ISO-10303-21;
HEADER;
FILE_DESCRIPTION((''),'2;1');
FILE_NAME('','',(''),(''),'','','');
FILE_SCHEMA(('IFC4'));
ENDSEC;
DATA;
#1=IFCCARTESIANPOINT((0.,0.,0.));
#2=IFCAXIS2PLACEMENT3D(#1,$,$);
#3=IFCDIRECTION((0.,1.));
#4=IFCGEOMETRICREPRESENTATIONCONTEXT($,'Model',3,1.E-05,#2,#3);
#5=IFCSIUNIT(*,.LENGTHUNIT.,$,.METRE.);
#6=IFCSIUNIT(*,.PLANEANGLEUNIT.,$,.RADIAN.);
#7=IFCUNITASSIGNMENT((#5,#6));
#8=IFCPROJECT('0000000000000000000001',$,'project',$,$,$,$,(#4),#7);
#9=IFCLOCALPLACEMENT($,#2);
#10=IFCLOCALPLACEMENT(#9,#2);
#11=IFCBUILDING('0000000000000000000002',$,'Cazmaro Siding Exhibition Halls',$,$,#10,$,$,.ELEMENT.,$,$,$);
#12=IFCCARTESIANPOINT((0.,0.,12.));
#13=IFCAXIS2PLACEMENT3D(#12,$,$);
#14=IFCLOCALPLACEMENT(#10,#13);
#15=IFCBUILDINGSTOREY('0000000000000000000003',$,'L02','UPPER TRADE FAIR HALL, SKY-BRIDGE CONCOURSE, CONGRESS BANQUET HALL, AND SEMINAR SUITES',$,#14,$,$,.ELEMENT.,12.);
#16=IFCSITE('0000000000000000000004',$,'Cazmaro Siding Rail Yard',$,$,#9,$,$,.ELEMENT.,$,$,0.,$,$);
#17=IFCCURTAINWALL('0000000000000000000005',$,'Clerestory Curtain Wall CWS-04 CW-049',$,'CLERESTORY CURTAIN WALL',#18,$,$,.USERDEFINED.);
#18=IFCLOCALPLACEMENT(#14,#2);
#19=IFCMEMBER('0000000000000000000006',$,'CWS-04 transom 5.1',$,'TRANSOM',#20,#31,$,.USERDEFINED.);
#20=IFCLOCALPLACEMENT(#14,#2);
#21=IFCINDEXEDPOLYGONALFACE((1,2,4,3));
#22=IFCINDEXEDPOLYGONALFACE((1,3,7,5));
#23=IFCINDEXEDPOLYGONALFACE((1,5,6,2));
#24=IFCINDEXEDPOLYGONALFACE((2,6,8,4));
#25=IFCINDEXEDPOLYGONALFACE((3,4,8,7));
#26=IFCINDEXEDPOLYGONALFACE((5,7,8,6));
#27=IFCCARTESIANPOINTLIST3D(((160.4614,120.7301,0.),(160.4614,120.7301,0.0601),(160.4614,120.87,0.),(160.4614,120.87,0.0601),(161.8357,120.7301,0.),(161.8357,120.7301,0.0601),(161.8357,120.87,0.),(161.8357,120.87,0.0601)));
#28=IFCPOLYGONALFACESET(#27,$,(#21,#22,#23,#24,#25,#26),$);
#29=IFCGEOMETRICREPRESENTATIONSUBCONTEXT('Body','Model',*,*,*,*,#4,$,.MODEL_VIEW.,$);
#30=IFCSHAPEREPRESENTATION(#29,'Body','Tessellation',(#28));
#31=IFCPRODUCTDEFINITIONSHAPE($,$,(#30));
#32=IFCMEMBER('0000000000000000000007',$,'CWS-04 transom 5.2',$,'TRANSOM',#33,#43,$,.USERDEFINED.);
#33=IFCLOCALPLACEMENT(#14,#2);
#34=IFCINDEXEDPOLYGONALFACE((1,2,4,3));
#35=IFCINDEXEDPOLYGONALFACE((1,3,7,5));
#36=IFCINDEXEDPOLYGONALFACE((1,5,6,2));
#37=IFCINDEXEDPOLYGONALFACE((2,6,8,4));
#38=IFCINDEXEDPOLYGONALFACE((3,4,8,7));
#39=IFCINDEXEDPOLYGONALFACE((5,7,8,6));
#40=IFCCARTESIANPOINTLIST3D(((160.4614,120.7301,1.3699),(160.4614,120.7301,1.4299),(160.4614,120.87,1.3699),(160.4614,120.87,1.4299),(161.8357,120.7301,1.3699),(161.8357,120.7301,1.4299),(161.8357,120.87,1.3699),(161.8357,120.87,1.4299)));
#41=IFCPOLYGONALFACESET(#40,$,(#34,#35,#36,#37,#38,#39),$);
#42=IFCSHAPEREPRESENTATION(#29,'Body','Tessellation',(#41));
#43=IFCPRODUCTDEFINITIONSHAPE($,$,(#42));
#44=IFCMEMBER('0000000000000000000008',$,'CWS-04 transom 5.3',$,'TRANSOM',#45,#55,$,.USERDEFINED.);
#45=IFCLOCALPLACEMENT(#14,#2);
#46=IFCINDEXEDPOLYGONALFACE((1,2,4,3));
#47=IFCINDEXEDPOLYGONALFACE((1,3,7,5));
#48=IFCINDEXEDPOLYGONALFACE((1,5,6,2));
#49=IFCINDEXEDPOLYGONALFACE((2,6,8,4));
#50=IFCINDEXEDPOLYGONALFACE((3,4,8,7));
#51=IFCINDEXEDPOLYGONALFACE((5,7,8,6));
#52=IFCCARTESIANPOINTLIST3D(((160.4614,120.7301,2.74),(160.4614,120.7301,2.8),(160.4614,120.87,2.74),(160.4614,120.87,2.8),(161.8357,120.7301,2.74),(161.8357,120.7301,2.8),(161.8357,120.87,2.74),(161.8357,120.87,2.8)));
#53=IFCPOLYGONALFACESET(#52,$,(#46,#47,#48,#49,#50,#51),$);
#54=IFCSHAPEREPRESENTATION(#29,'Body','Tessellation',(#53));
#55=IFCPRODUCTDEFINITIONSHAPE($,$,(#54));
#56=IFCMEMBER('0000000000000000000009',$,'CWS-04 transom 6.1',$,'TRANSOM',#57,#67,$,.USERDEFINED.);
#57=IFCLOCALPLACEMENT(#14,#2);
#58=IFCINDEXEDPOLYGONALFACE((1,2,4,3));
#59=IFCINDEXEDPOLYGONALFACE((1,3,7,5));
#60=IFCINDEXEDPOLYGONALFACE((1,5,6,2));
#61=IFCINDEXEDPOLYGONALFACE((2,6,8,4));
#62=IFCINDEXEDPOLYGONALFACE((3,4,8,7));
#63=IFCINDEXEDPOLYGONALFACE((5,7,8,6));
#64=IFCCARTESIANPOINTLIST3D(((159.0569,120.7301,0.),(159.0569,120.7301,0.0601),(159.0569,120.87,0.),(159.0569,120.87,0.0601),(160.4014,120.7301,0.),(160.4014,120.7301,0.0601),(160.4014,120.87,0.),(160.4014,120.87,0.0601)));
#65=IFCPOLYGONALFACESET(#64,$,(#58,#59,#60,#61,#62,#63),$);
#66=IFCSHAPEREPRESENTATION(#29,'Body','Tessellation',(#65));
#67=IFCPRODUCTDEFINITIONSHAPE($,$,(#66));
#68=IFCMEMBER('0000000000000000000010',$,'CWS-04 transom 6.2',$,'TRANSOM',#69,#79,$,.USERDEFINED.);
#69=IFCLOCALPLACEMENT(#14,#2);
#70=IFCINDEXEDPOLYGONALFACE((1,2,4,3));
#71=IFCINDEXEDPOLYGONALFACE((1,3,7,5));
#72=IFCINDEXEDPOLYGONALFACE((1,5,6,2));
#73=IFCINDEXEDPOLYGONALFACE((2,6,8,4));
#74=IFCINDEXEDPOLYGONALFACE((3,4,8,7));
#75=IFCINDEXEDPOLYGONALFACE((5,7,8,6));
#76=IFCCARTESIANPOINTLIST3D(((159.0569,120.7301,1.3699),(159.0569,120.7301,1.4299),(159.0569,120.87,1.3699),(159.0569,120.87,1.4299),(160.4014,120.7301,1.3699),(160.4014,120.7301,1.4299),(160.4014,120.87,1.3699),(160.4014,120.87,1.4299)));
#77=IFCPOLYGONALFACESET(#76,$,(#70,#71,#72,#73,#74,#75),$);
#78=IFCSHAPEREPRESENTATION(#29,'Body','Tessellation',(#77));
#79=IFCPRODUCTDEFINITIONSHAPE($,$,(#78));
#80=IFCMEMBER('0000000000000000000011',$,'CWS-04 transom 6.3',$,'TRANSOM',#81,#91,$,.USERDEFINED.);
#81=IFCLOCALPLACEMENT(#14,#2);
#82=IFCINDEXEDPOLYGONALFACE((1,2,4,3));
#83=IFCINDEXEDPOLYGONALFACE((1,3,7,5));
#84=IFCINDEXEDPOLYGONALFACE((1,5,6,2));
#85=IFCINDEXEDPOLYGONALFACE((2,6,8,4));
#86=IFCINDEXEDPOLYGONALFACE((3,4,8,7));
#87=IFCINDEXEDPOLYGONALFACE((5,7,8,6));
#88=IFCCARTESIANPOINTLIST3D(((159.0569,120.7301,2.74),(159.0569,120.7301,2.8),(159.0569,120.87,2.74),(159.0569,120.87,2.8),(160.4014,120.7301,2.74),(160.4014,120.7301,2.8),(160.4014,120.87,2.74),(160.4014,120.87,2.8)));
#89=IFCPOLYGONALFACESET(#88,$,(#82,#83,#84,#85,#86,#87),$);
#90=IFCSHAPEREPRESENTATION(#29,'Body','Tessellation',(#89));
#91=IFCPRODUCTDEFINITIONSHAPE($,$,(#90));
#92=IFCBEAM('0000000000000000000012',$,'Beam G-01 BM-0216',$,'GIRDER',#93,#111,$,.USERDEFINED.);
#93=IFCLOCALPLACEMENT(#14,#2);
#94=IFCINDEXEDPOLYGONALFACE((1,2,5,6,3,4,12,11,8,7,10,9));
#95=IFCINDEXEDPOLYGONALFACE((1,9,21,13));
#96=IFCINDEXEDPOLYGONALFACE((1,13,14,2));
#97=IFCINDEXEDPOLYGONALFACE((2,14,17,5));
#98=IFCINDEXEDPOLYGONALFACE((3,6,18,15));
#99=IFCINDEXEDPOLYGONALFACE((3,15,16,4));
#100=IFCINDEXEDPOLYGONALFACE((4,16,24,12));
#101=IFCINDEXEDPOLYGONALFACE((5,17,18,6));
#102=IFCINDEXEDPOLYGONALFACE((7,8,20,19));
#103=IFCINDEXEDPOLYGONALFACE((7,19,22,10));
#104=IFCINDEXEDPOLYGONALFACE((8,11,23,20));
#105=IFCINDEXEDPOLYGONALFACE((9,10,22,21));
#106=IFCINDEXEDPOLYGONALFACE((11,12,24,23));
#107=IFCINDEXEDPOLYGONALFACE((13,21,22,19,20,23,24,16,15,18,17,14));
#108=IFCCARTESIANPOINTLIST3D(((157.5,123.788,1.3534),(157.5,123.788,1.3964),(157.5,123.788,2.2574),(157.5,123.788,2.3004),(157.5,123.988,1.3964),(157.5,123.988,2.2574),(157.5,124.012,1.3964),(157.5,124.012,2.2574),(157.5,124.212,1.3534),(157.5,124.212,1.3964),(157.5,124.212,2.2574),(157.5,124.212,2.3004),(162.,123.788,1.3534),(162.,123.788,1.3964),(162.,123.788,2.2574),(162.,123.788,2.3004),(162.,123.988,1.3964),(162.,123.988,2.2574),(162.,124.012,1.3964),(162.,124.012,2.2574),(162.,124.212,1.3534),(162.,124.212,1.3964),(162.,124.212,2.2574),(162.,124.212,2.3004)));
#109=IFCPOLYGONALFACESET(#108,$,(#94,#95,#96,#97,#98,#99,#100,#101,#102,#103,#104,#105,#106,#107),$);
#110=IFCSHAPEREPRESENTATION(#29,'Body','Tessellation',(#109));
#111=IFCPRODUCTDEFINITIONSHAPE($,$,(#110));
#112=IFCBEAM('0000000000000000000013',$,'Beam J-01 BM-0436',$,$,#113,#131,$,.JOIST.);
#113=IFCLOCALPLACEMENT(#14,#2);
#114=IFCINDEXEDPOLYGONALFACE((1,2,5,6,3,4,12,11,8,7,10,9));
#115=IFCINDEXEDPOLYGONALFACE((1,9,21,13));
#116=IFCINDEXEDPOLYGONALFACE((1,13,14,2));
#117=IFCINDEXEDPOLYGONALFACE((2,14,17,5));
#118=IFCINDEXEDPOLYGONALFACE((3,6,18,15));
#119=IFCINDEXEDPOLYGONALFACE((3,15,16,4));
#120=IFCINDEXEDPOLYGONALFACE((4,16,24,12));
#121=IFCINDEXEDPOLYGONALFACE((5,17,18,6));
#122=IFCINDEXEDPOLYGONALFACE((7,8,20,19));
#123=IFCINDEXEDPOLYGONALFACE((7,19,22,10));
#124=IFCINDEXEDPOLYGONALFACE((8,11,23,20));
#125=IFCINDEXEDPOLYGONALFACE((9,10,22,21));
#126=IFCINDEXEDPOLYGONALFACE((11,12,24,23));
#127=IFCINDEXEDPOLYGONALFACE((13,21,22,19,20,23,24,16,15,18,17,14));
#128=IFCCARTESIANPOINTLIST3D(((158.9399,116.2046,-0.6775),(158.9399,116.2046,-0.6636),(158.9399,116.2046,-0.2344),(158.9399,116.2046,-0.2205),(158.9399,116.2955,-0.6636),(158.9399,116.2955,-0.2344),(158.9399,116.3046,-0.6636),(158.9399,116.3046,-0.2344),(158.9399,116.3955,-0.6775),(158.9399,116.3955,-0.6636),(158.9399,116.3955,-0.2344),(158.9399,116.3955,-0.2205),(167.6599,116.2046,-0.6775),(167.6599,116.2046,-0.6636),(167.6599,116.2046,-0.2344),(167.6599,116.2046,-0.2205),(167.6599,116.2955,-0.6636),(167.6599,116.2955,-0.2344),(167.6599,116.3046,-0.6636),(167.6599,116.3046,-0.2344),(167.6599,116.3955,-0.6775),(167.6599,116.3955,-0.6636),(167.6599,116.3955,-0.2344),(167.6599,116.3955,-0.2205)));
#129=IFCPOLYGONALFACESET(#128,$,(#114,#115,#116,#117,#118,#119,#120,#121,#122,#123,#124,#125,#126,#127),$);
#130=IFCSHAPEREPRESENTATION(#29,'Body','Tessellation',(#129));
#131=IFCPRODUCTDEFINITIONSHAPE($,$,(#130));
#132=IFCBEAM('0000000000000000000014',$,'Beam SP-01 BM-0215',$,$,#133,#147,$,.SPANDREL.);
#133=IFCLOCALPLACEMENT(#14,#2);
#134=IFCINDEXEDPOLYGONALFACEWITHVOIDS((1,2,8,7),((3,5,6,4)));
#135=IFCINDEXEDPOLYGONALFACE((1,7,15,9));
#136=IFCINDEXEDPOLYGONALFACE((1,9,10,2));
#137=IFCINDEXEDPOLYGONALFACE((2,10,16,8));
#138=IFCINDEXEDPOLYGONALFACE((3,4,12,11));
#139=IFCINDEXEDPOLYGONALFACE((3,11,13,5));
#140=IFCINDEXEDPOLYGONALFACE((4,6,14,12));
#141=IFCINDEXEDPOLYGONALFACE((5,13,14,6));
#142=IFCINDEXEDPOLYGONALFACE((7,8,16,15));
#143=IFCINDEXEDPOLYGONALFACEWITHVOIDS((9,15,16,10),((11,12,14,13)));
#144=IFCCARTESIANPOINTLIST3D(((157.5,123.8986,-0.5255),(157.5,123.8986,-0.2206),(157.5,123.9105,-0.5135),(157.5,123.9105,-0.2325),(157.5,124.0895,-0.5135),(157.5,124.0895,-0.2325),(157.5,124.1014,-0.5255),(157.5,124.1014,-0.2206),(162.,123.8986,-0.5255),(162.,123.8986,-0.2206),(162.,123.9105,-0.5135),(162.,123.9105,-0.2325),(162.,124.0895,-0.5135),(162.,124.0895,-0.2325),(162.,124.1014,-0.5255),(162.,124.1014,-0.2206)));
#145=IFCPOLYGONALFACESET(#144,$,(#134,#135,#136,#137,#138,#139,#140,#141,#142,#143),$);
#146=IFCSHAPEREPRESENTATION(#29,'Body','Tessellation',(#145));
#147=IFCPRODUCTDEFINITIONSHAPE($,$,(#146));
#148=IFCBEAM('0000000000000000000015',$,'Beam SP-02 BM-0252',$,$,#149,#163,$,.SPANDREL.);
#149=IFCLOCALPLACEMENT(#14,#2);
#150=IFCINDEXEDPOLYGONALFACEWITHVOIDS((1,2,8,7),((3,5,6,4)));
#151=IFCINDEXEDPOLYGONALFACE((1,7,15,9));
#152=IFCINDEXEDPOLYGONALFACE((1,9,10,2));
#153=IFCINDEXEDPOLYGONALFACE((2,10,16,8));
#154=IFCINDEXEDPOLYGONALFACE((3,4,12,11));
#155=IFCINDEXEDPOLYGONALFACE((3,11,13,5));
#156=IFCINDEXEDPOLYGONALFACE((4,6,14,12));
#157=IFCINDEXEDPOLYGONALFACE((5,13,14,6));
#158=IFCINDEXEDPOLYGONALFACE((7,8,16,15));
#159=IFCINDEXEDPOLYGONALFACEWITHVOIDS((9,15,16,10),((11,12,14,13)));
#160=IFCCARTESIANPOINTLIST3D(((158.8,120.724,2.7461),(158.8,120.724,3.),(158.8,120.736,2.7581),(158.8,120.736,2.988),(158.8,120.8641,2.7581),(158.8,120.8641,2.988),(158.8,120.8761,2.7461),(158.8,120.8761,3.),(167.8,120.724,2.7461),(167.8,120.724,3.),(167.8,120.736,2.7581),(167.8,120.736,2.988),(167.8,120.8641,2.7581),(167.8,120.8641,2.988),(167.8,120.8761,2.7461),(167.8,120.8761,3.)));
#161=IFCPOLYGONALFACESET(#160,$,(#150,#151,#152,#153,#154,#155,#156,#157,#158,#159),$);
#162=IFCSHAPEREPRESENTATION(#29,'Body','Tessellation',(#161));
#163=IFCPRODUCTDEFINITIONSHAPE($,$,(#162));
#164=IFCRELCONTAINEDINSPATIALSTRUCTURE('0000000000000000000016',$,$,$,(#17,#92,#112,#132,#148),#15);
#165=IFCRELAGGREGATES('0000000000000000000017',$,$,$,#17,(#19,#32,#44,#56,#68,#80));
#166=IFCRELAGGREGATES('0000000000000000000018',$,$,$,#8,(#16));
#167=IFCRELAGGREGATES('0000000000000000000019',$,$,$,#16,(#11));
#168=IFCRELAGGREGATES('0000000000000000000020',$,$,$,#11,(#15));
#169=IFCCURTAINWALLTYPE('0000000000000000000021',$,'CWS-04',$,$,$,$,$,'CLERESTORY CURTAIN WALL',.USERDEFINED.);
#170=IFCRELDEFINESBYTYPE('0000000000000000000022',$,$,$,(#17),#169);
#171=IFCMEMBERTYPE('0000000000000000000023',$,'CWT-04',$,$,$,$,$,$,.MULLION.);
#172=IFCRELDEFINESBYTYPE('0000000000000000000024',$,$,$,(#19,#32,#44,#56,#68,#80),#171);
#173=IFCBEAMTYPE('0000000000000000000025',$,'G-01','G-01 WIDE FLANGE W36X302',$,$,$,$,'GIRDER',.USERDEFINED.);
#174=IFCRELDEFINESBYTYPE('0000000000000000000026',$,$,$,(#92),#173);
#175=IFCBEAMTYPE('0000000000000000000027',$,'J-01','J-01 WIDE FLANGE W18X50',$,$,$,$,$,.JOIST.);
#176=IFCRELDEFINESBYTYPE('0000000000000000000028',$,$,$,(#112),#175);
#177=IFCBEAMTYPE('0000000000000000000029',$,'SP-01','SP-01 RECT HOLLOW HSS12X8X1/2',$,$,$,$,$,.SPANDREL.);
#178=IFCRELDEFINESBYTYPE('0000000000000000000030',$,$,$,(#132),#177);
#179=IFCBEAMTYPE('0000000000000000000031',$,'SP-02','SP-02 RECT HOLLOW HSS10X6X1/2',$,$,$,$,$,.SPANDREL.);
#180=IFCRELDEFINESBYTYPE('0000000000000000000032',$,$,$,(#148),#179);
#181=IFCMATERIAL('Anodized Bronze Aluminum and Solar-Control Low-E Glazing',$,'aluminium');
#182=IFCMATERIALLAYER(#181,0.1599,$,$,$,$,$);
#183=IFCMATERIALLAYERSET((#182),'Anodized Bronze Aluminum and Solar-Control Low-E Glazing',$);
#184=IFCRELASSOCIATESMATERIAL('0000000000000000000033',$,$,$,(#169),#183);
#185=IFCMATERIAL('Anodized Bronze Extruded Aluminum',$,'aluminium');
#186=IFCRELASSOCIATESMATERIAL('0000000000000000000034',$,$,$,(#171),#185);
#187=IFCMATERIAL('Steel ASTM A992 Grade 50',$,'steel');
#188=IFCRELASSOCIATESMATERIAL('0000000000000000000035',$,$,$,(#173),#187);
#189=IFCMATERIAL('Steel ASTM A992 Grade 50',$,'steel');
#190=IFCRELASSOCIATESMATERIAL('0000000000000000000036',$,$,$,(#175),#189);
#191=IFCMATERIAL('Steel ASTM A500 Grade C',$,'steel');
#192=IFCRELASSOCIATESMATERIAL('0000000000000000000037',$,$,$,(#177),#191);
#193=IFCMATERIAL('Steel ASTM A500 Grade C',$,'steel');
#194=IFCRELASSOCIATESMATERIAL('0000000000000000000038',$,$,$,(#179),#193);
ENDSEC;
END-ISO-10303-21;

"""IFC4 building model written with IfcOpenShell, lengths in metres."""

from ifc_helpers import new_model, si_unit, direction, frame, origin, origin_2d, place, context, subcontext, project, spatial, rectangle, hollow_rectangle, i_section, extrude, material, layer, layer_set, material_profile, profile_set, type_object, element, aggregate, save


model = new_model("IFC4")

# Units and contexts
model_context = context("Model", 3, precision=1e-05, world=origin(), true_north=direction((0.0, 1.0)))
body_context = subcontext(model_context, "Body", "Model", "MODEL_VIEW")
ifc_project = project(units=[si_unit("LENGTHUNIT", "METRE"), si_unit("PLANEANGLEUNIT", "RADIAN")], contexts=[model_context])

# Site, building, storey
site_placement = place(None, origin())
site = spatial("IfcSite", under=ifc_project, at=site_placement, Name="Cazmaro Siding Rail Yard", CompositionType="ELEMENT", RefElevation=0.0)
building_placement = place(site_placement, origin())
building = spatial("IfcBuilding", under=site, at=building_placement, Name="Cazmaro Siding Exhibition Halls", CompositionType="ELEMENT")
storey_placement = place(building_placement, frame((0.0, 0.0, 12.0)))
storey = spatial("IfcBuildingStorey", under=building, at=storey_placement, Name="L02", Description="UPPER TRADE FAIR HALL, SKY-BRIDGE CONCOURSE, CONGRESS BANQUET HALL, AND SEMINAR SUITES", CompositionType="ELEMENT", Elevation=12.0)

# Shared definitions
ifc_material_1 = material(Name="Anodized Bronze Aluminum and Solar-Control Low-E Glazing", Category="aluminium")
ifc_layer_1 = layer(ifc_material_1, 0.1599)
ifc_layer_set_1 = layer_set([ifc_layer_1], Name="Anodized Bronze Aluminum and Solar-Control Low-E Glazing")
curtain_wall_type = type_object("IfcCurtainWallType", Name="CWS-04", ElementType="CLERESTORY CURTAIN WALL", PredefinedType="USERDEFINED", material=ifc_layer_set_1)

# Curtain wall
curtain_wall_1_placement = place(storey_placement, origin())
curtain_wall_1 = element("IfcCurtainWall", 1, at=curtain_wall_1_placement, inside=storey, type_object=curtain_wall_type, Name="Clerestory Curtain Wall CWS-04 CW-049", ObjectType="CLERESTORY CURTAIN WALL", PredefinedType="USERDEFINED")

# Members
ifc_material_2 = material(Name="Anodized Bronze Extruded Aluminum", Category="aluminium")
ifc_material_profile_1 = material_profile(ifc_material_2, rectangle(XDim=0.1399, YDim=0.0601, at=origin_2d()), Name="CWT-04")
ifc_profile_set_1 = profile_set([ifc_material_profile_1], Name="Anodized Bronze Extruded Aluminum")
member_type_1 = type_object("IfcMemberType", Name="CWT-04", PredefinedType="MULLION", material=ifc_profile_set_1)
member_1_placement = place(storey_placement, frame((161.8357, 120.8, 0.03), z_axis=(-1.0, 0.0, 0.0), x_axis=(0.0, -1.0, 0.0)))
member_1 = element("IfcMember", 2, at=member_1_placement, type_object=member_type_1, Name="CWS-04 transom 5.1", ObjectType="TRANSOM", PredefinedType="USERDEFINED", context=body_context, shape_type="SweptSolid", body=[
    extrude(rectangle(XDim=0.1399, YDim=0.0601, at=origin_2d()), origin(), (0.0, 0.0, 1.0), 1.3743),
])
member_2_placement = place(storey_placement, frame((161.8357, 120.8, 1.3999), z_axis=(-1.0, 0.0, 0.0), x_axis=(0.0, -1.0, 0.0)))
member_2 = element("IfcMember", 3, at=member_2_placement, type_object=member_type_1, Name="CWS-04 transom 5.2", ObjectType="TRANSOM", PredefinedType="USERDEFINED", context=body_context, shape_type="SweptSolid", body=[
    extrude(rectangle(XDim=0.1399, YDim=0.0601, at=origin_2d()), origin(), (0.0, 0.0, 1.0), 1.3743),
])
member_3_placement = place(storey_placement, frame((161.8357, 120.8, 2.77), z_axis=(-1.0, 0.0, 0.0), x_axis=(0.0, -1.0, 0.0)))
member_3 = element("IfcMember", 4, at=member_3_placement, type_object=member_type_1, Name="CWS-04 transom 5.3", ObjectType="TRANSOM", PredefinedType="USERDEFINED", context=body_context, shape_type="SweptSolid", body=[
    extrude(rectangle(XDim=0.1399, YDim=0.0601, at=origin_2d()), origin(), (0.0, 0.0, 1.0), 1.3743),
])
member_4_placement = place(storey_placement, frame((160.4014, 120.8, 0.03), z_axis=(-1.0, 0.0, 0.0), x_axis=(0.0, -1.0, 0.0)))
member_4 = element("IfcMember", 5, at=member_4_placement, type_object=member_type_1, Name="CWS-04 transom 6.1", ObjectType="TRANSOM", PredefinedType="USERDEFINED", context=body_context, shape_type="SweptSolid", body=[
    extrude(rectangle(XDim=0.1399, YDim=0.0601, at=origin_2d()), origin(), (0.0, 0.0, 1.0), 1.3445),
])
member_5_placement = place(storey_placement, frame((160.4014, 120.8, 1.3999), z_axis=(-1.0, 0.0, 0.0), x_axis=(0.0, -1.0, 0.0)))
member_5 = element("IfcMember", 6, at=member_5_placement, type_object=member_type_1, Name="CWS-04 transom 6.2", ObjectType="TRANSOM", PredefinedType="USERDEFINED", context=body_context, shape_type="SweptSolid", body=[
    extrude(rectangle(XDim=0.1399, YDim=0.0601, at=origin_2d()), origin(), (0.0, 0.0, 1.0), 1.3445),
])
member_6_placement = place(storey_placement, frame((160.4014, 120.8, 2.77), z_axis=(-1.0, 0.0, 0.0), x_axis=(0.0, -1.0, 0.0)))
member_6 = element("IfcMember", 7, at=member_6_placement, type_object=member_type_1, Name="CWS-04 transom 6.3", ObjectType="TRANSOM", PredefinedType="USERDEFINED", context=body_context, shape_type="SweptSolid", body=[
    extrude(rectangle(XDim=0.1399, YDim=0.0601, at=origin_2d()), origin(), (0.0, 0.0, 1.0), 1.3445),
])

# Beams
ifc_material_3 = material(Name="Steel ASTM A992 Grade 50", Category="steel")
ifc_material_profile_2 = material_profile(ifc_material_3, i_section(OverallWidth=0.4241, OverallDepth=0.947, WebThickness=0.0239, FlangeThickness=0.043, at=origin_2d()), Name="W36X302")
ifc_profile_set_2 = profile_set([ifc_material_profile_2], Name="Steel ASTM A992 Grade 50")
beam_type_1 = type_object("IfcBeamType", Name="G-01", Description="G-01 WIDE FLANGE W36X302", ElementType="GIRDER", PredefinedType="USERDEFINED", material=ifc_profile_set_2)
beam_1_placement = place(storey_placement, frame((157.5, 124.0, 1.8269), z_axis=(1.0, 0.0, 0.0), x_axis=(0.0, 1.0, 0.0)))
element("IfcBeam", 8, at=beam_1_placement, inside=storey, type_object=beam_type_1, Name="Beam G-01 BM-0216", ObjectType="GIRDER", PredefinedType="USERDEFINED", context=body_context, shape_type="SweptSolid", body=[
    extrude(i_section(OverallWidth=0.4241, OverallDepth=0.947, WebThickness=0.0239, FlangeThickness=0.043, at=origin_2d()), origin(), (0.0, 0.0, 1.0), 4.5),
])
ifc_material_4 = material(Name="Steel ASTM A992 Grade 50", Category="steel")
ifc_material_profile_3 = material_profile(ifc_material_4, i_section(OverallWidth=0.1909, OverallDepth=0.457, WebThickness=0.009, FlangeThickness=0.0139, at=origin_2d()), Name="W18X50")
ifc_profile_set_3 = profile_set([ifc_material_profile_3], Name="Steel ASTM A992 Grade 50")
beam_type_2 = type_object("IfcBeamType", Name="J-01", Description="J-01 WIDE FLANGE W18X50", PredefinedType="JOIST", material=ifc_profile_set_3)
beam_2_placement = place(storey_placement, frame((158.9399, 116.3, -0.449), z_axis=(1.0, 0.0, 0.0), x_axis=(0.0, 1.0, 0.0)))
element("IfcBeam", 9, at=beam_2_placement, inside=storey, type_object=beam_type_2, Name="Beam J-01 BM-0436", PredefinedType="JOIST", context=body_context, shape_type="SweptSolid", body=[
    extrude(i_section(OverallWidth=0.1909, OverallDepth=0.457, WebThickness=0.009, FlangeThickness=0.0139, at=origin_2d()), origin(), (0.0, 0.0, 1.0), 8.72),
])
ifc_material_5 = material(Name="Steel ASTM A500 Grade C", Category="steel")
ifc_material_profile_4 = material_profile(ifc_material_5, hollow_rectangle(XDim=0.2029, YDim=0.3049, WallThickness=0.012, at=origin_2d()), Name="HSS12X8X1/2")
ifc_profile_set_4 = profile_set([ifc_material_profile_4], Name="Steel ASTM A500 Grade C")
beam_type_3 = type_object("IfcBeamType", Name="SP-01", Description="SP-01 RECT HOLLOW HSS12X8X1/2", PredefinedType="SPANDREL", material=ifc_profile_set_4)
beam_3_placement = place(storey_placement, frame((157.5, 124.0, -0.373), z_axis=(1.0, 0.0, 0.0), x_axis=(0.0, 1.0, 0.0)))
element("IfcBeam", 10, at=beam_3_placement, inside=storey, type_object=beam_type_3, Name="Beam SP-01 BM-0215", PredefinedType="SPANDREL", context=body_context, shape_type="SweptSolid", body=[
    extrude(hollow_rectangle(XDim=0.2029, YDim=0.3049, WallThickness=0.012, at=origin_2d()), origin(), (0.0, 0.0, 1.0), 4.5),
])
ifc_material_6 = material(Name="Steel ASTM A500 Grade C", Category="steel")
ifc_material_profile_5 = material_profile(ifc_material_6, hollow_rectangle(XDim=0.1521, YDim=0.2539, WallThickness=0.012, at=origin_2d()), Name="HSS10X6X1/2")
ifc_profile_set_5 = profile_set([ifc_material_profile_5], Name="Steel ASTM A500 Grade C")
beam_type_4 = type_object("IfcBeamType", Name="SP-02", Description="SP-02 RECT HOLLOW HSS10X6X1/2", PredefinedType="SPANDREL", material=ifc_profile_set_5)
beam_4_placement = place(storey_placement, frame((158.8, 120.8, 2.873), z_axis=(1.0, 0.0, 0.0), x_axis=(0.0, 1.0, 0.0)))
element("IfcBeam", 11, at=beam_4_placement, inside=storey, type_object=beam_type_4, Name="Beam SP-02 BM-0252", PredefinedType="SPANDREL", context=body_context, shape_type="SweptSolid", body=[
    extrude(hollow_rectangle(XDim=0.1521, YDim=0.2539, WallThickness=0.012, at=origin_2d()), origin(), (0.0, 0.0, 1.0), 9.0),
])

aggregate(curtain_wall_1, [member_1, member_2, member_3, member_4, member_5, member_6])

save(model, "model.ifc")
